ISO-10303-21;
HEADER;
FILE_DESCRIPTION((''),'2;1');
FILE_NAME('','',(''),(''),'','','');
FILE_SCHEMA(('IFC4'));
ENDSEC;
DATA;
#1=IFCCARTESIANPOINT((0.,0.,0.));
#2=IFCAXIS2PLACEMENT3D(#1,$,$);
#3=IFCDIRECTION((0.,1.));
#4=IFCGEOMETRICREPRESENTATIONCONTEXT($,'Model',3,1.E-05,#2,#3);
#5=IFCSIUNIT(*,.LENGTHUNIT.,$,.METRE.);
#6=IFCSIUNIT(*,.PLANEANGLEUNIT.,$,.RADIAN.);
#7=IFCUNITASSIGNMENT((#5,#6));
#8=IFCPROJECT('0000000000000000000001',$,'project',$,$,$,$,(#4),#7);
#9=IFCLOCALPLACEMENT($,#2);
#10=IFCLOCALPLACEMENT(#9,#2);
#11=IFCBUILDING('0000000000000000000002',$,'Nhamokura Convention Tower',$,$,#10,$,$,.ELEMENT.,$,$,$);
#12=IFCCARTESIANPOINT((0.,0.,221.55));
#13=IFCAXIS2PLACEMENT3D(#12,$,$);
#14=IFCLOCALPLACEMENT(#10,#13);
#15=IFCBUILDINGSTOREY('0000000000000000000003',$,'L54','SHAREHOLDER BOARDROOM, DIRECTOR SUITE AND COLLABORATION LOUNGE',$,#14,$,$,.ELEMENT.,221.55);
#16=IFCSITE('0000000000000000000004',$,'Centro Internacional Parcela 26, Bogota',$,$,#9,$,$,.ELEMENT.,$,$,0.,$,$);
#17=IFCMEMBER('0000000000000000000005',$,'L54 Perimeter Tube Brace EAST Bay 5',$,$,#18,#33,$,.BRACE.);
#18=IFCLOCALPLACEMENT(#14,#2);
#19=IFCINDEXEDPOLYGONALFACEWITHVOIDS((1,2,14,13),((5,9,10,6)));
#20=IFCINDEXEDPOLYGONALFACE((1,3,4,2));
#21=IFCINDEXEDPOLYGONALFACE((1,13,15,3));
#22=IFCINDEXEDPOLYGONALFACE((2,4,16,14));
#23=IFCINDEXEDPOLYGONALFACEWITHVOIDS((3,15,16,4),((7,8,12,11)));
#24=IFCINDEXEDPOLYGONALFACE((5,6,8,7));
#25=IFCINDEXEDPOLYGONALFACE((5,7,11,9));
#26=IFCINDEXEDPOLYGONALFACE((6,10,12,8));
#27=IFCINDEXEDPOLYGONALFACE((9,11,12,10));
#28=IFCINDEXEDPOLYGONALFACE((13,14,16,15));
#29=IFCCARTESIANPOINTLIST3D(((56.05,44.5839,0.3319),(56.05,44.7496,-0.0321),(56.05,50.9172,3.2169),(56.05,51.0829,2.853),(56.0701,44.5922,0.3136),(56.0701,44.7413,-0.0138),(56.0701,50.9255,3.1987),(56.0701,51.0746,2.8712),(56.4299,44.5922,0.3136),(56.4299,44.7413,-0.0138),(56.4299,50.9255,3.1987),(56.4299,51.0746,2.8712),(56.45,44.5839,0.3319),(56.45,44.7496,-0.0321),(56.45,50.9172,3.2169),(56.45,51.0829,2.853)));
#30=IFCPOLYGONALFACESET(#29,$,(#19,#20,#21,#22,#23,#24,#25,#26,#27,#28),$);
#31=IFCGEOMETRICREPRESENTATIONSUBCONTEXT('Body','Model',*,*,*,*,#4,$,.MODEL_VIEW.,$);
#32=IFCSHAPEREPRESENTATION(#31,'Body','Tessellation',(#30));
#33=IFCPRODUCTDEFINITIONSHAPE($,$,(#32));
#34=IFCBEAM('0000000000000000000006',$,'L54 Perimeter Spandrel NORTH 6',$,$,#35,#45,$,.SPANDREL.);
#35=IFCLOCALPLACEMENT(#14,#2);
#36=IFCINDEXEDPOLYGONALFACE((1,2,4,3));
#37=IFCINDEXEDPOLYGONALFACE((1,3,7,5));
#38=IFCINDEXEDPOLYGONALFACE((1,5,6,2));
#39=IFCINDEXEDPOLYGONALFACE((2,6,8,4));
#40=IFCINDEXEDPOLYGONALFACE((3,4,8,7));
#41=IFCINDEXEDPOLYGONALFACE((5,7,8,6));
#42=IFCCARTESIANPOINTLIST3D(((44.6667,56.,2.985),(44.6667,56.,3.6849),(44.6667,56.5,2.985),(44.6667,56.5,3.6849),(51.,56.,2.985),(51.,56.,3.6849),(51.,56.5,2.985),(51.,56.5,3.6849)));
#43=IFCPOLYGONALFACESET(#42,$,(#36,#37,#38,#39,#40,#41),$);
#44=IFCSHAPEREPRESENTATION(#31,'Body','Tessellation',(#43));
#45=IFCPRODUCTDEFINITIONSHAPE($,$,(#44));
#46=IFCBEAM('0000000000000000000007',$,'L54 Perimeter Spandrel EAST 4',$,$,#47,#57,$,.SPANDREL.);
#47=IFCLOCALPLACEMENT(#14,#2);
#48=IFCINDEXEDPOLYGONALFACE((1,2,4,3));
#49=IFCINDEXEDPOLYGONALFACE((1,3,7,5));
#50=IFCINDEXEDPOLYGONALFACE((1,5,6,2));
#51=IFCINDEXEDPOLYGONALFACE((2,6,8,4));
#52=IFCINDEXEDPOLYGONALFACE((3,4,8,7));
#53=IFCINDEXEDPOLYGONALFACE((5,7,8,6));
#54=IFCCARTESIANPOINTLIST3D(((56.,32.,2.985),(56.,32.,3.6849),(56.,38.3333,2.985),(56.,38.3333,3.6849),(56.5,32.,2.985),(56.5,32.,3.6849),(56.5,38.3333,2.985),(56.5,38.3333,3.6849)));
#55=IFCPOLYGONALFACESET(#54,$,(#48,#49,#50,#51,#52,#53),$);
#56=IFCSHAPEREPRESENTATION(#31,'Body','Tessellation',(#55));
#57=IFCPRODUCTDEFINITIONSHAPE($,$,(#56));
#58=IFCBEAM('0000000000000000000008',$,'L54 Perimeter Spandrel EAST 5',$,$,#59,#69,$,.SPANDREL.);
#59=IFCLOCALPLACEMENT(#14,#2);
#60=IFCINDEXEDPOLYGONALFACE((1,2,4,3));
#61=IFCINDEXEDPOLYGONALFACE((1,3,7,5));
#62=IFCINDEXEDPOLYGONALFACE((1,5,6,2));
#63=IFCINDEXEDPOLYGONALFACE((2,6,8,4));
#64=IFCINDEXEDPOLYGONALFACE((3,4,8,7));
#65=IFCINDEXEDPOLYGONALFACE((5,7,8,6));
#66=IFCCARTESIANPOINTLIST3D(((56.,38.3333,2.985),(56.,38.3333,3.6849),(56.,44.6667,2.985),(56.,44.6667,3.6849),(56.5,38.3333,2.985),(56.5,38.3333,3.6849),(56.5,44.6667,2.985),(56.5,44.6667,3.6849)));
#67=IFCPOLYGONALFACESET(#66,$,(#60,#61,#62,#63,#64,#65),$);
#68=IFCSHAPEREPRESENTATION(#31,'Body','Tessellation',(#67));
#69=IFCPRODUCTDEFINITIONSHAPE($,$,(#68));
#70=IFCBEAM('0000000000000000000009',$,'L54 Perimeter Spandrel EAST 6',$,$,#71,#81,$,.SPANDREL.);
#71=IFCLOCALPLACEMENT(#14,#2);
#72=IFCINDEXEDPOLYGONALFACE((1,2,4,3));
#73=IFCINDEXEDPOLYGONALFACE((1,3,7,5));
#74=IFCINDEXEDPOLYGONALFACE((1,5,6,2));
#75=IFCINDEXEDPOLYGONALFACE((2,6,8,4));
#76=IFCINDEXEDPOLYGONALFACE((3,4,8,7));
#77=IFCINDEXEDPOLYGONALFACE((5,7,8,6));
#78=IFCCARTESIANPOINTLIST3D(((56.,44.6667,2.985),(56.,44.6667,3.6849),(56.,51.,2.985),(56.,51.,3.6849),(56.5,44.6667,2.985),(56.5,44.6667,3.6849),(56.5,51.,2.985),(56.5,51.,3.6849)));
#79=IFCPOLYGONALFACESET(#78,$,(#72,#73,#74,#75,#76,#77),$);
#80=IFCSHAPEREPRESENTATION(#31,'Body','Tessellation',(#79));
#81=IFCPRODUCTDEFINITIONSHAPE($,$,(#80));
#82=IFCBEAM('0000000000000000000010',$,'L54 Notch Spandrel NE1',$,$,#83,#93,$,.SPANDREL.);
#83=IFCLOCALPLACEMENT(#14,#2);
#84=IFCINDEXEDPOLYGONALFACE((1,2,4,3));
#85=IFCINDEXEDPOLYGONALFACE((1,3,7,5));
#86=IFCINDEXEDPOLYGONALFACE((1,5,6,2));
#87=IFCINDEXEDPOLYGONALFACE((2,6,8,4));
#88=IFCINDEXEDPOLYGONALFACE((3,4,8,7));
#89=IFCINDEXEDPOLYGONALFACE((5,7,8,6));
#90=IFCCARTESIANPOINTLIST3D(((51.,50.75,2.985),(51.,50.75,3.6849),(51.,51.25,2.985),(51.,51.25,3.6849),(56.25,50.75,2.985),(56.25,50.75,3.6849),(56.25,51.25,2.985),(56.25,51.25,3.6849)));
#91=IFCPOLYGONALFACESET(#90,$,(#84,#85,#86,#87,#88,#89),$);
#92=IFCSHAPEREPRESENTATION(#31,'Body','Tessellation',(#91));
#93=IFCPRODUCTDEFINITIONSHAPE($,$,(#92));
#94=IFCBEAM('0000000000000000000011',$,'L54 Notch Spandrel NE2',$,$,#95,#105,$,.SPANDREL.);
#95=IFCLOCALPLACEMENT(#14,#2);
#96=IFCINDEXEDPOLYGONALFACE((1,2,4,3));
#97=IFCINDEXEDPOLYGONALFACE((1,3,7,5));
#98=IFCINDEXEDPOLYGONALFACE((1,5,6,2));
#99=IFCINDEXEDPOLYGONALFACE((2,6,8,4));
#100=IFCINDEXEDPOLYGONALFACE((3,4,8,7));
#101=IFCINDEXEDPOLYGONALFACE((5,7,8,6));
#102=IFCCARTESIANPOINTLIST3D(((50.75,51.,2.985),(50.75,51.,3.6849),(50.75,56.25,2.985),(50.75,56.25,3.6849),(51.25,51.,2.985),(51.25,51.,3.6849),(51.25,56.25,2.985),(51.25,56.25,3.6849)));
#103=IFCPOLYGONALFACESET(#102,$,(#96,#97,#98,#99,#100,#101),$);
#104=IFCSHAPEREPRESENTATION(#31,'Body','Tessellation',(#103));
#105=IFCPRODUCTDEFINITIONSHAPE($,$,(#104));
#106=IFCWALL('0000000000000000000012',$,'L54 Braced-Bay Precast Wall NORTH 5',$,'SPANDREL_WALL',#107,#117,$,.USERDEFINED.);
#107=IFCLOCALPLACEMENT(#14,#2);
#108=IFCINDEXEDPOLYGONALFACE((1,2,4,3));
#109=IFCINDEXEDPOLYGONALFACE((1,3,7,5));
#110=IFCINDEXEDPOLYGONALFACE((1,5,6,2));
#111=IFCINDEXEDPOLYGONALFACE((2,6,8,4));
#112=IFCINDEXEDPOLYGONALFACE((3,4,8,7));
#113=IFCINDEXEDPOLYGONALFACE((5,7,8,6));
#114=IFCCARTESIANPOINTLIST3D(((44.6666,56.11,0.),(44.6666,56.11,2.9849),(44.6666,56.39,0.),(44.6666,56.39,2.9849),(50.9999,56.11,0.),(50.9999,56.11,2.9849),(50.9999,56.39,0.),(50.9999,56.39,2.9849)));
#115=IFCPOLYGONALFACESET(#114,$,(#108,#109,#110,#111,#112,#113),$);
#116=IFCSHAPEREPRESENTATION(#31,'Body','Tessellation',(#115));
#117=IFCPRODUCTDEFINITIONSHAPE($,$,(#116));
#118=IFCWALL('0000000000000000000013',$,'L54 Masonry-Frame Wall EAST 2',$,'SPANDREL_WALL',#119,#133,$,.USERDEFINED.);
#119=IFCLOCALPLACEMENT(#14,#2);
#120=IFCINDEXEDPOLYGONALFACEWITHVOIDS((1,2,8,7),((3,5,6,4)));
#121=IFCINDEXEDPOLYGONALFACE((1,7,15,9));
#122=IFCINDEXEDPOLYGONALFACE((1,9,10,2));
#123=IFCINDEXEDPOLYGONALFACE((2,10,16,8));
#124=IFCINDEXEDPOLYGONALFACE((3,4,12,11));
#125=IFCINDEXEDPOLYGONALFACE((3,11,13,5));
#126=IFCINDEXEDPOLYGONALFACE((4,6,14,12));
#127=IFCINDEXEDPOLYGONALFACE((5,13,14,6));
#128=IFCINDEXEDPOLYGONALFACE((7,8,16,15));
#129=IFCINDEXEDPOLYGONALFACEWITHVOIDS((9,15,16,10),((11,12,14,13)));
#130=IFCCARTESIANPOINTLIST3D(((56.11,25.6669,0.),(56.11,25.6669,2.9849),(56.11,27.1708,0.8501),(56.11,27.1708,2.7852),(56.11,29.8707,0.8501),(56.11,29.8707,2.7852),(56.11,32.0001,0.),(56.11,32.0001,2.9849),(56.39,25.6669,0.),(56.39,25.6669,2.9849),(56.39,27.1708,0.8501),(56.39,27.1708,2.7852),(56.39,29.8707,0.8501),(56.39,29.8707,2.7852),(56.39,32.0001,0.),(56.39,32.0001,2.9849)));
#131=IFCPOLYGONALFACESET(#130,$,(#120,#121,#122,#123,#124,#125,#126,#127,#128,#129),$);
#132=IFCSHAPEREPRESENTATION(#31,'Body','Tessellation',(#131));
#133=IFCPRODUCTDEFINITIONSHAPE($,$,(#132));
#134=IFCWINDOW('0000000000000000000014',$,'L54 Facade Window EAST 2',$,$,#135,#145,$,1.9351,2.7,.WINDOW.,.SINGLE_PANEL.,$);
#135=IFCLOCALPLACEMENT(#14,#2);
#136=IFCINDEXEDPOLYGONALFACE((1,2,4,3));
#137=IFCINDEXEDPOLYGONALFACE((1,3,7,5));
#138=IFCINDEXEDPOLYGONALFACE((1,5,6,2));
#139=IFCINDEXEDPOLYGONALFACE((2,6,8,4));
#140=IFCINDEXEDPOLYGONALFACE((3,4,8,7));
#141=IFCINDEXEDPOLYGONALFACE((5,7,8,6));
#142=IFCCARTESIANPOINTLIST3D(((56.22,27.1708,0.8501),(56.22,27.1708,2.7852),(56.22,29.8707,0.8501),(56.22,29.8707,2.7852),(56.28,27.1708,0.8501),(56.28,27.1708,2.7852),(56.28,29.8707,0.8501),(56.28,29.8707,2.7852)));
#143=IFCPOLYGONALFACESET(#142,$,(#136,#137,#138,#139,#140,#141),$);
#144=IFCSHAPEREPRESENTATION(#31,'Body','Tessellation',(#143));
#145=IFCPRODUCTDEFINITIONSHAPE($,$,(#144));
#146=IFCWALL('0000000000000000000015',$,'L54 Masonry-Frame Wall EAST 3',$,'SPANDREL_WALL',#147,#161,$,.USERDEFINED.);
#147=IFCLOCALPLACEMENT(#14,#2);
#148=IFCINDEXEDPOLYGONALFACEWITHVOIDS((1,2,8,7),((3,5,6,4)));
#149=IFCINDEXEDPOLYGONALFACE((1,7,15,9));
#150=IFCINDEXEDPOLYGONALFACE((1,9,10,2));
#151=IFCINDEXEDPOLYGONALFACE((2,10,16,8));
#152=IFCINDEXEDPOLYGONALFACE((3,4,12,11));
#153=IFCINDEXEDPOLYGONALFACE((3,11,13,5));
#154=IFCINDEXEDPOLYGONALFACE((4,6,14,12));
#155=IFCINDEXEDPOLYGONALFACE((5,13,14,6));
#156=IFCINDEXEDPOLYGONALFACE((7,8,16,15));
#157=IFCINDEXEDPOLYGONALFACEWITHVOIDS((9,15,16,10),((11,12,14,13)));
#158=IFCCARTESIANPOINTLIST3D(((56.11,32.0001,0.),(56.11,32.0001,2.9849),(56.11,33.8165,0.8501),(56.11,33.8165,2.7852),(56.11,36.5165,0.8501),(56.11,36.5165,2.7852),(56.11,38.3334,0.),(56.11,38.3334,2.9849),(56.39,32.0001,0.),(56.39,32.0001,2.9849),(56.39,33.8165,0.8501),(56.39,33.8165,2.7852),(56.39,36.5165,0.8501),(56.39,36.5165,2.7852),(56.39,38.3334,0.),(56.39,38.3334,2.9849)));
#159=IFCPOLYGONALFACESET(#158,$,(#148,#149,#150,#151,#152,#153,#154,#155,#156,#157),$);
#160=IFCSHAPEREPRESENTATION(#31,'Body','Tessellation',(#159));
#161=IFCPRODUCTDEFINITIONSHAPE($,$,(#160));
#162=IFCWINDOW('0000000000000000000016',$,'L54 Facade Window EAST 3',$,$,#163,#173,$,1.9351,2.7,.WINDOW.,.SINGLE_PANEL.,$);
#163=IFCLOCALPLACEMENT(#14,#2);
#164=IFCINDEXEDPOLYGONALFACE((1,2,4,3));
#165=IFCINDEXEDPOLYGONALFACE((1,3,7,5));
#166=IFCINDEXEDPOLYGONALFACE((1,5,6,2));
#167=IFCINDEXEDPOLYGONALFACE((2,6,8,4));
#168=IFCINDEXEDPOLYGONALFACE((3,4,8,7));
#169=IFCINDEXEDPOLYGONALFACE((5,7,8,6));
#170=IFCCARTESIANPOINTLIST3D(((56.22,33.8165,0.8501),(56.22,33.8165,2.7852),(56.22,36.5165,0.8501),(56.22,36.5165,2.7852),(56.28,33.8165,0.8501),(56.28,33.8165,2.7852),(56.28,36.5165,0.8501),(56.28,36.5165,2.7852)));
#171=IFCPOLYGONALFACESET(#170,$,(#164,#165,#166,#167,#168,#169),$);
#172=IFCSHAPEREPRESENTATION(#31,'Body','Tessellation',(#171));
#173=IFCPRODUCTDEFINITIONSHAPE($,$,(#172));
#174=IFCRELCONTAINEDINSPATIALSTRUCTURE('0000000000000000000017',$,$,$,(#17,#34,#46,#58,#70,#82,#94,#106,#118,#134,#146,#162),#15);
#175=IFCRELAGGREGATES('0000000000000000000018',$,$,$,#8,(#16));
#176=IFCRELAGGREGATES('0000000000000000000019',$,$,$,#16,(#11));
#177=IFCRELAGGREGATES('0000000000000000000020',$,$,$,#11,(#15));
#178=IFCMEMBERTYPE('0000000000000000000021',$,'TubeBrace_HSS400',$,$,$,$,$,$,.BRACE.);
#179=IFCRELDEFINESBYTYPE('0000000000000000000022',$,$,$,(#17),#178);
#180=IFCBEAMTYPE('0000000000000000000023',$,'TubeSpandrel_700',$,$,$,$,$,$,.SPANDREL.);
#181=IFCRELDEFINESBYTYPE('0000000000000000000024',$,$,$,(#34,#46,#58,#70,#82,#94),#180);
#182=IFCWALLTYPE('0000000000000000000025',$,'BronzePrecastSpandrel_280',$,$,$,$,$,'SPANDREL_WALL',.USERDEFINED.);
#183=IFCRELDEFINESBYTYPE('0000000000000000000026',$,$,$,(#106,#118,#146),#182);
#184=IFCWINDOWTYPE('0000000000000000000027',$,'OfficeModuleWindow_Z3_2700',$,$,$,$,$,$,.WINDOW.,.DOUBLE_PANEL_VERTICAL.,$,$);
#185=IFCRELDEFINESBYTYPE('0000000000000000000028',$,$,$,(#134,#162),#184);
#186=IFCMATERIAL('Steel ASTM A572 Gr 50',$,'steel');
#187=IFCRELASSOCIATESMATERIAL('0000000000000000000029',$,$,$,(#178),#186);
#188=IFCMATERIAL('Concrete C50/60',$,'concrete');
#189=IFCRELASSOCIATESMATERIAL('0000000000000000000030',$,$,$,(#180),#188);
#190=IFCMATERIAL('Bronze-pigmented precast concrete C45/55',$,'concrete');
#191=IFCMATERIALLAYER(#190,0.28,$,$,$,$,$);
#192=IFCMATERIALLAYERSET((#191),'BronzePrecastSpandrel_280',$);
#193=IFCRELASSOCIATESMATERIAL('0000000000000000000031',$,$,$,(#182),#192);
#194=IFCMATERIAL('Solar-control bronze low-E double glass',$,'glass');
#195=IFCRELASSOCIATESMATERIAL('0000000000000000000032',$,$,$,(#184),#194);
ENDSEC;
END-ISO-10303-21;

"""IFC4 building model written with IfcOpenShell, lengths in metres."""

from ifc_helpers import new_model, si_unit, direction, frame, frame_2d, origin, origin_2d, place, context, subcontext, project, spatial, rectangle, hollow_rectangle, extrude, material, layer, layer_set, material_profile, profile_set, type_object, element, fill, save


model = new_model("IFC4")

# Units and contexts
model_context = context("Model", 3, precision=1e-05, world=origin(), true_north=direction((0.0, 1.0)))
body_context = subcontext(model_context, "Body", "Model", "MODEL_VIEW")
ifc_project = project(units=[si_unit("LENGTHUNIT", "METRE"), si_unit("PLANEANGLEUNIT", "RADIAN")], contexts=[model_context])

# Site, building, storey
site_placement = place(None, origin())
site = spatial("IfcSite", under=ifc_project, at=site_placement, Name="Centro Internacional Parcela 26, Bogota", CompositionType="ELEMENT", RefElevation=0.0)
building_placement = place(site_placement, origin())
building = spatial("IfcBuilding", under=site, at=building_placement, Name="Nhamokura Convention Tower", CompositionType="ELEMENT")
storey_placement = place(building_placement, frame((0.0, 0.0, 221.55)))
storey = spatial("IfcBuildingStorey", under=building, at=storey_placement, Name="L54", Description="SHAREHOLDER BOARDROOM, DIRECTOR SUITE AND COLLABORATION LOUNGE", CompositionType="ELEMENT", Elevation=221.55)

# Member
ifc_material_1 = material(Name="Steel ASTM A572 Gr 50", Category="steel")
ifc_material_profile_1 = material_profile(ifc_material_1, hollow_rectangle(XDim=0.3999, YDim=0.3999, WallThickness=0.02, at=origin_2d()))
ifc_profile_set_1 = profile_set([ifc_material_profile_1], Name="Steel ASTM A572 Gr 50")
member_type_1 = type_object("IfcMemberType", Name="TubeBrace_HSS400", PredefinedType="BRACE", material=ifc_profile_set_1)
for number, where, z_axis, x_axis, name in (
    (1, (56.25, 44.6667, 0.1499), (0.0, 0.910027, 0.414548), (-1.0, 0.0, 0.0), "L54 Perimeter Tube Brace EAST Bay 5"),
):
    element("IfcMember", number, at=place(storey_placement, frame(where, z_axis=z_axis, x_axis=x_axis)), inside=storey, type_object=member_type_1, Name=name, PredefinedType="BRACE", context=body_context, shape_type="SweptSolid", body=[
        extrude(hollow_rectangle(XDim=0.3999, YDim=0.3999, WallThickness=0.02, at=origin_2d()), origin(), (0.0, 0.0, 1.0), 6.9595),
    ])

# Beams
ifc_material_2 = material(Name="Concrete C50/60", Category="concrete")
ifc_material_profile_2 = material_profile(ifc_material_2, rectangle(XDim=0.5, YDim=0.7, at=origin_2d()))
ifc_profile_set_2 = profile_set([ifc_material_profile_2], Name="Concrete C50/60")
beam_type_1 = type_object("IfcBeamType", Name="TubeSpandrel_700", PredefinedType="SPANDREL", material=ifc_profile_set_2)
for number, where, z_axis, x_axis, name in (
    (2, (44.6667, 56.25, 3.335), (1.0, 0.0, 0.0), (0.0, 1.0, 0.0), "L54 Perimeter Spandrel NORTH 6"),
    (3, (56.25, 32.0, 3.335), (0.0, 1.0, 0.0), (-1.0, 0.0, 0.0), "L54 Perimeter Spandrel EAST 4"),
):
    element("IfcBeam", number, at=place(storey_placement, frame(where, z_axis=z_axis, x_axis=x_axis)), inside=storey, type_object=beam_type_1, Name=name, PredefinedType="SPANDREL", context=body_context, shape_type="SweptSolid", body=[
        extrude(rectangle(XDim=0.5, YDim=0.7, at=origin_2d()), origin(), (0.0, 0.0, 1.0), 6.3333),
    ])
beam_1_placement = place(storey_placement, frame((56.25, 38.3333, 3.335), z_axis=(0.0, 1.0, 0.0), x_axis=(-1.0, 0.0, 0.0)))
element("IfcBeam", 4, at=beam_1_placement, inside=storey, type_object=beam_type_1, Name="L54 Perimeter Spandrel EAST 5", PredefinedType="SPANDREL", context=body_context, shape_type="SweptSolid", body=[
    extrude(rectangle(XDim=0.5, YDim=0.7, at=origin_2d()), origin(), (0.0, 0.0, 1.0), 6.3335),
])
beam_2_placement = place(storey_placement, frame((56.25, 44.6667, 3.335), z_axis=(0.0, 1.0, 0.0), x_axis=(-1.0, 0.0, 0.0)))
element("IfcBeam", 5, at=beam_2_placement, inside=storey, type_object=beam_type_1, Name="L54 Perimeter Spandrel EAST 6", PredefinedType="SPANDREL", context=body_context, shape_type="SweptSolid", body=[
    extrude(rectangle(XDim=0.5, YDim=0.7, at=origin_2d()), origin(), (0.0, 0.0, 1.0), 6.3333),
])
for number, where, z_axis, x_axis, name in (
    (6, (56.25, 51.0, 3.335), (-1.0, 0.0, 0.0), (0.0, -1.0, 0.0), "L54 Notch Spandrel NE1"),
    (7, (51.0, 51.0, 3.335), (0.0, 1.0, 0.0), (-1.0, 0.0, 0.0), "L54 Notch Spandrel NE2"),
):
    element("IfcBeam", number, at=place(storey_placement, frame(where, z_axis=z_axis, x_axis=x_axis)), inside=storey, type_object=beam_type_1, Name=name, PredefinedType="SPANDREL", context=body_context, shape_type="SweptSolid", body=[
        extrude(rectangle(XDim=0.5, YDim=0.7, at=origin_2d()), origin(), (0.0, 0.0, 1.0), 5.25),
    ])

# Wall
ifc_material_3 = material(Name="Bronze-pigmented precast concrete C45/55", Category="concrete")
ifc_layer_1 = layer(ifc_material_3, 0.28)
ifc_layer_set_1 = layer_set([ifc_layer_1], Name="BronzePrecastSpandrel_280")
wall_type_1 = type_object("IfcWallType", Name="BronzePrecastSpandrel_280", ElementType="SPANDREL_WALL", PredefinedType="USERDEFINED", material=ifc_layer_set_1)
wall_1_placement = place(storey_placement, frame((44.6667, 56.25, 0.0), z_axis=(0.0, 0.0, 1.0), x_axis=(1.0, 0.0, 0.0)))
element("IfcWall", 8, at=wall_1_placement, inside=storey, type_object=wall_type_1, Name="L54 Braced-Bay Precast Wall NORTH 5", ObjectType="SPANDREL_WALL", PredefinedType="USERDEFINED", context=body_context, shape_type="SweptSolid", body=[
    extrude(rectangle(XDim=6.3333, YDim=0.28, at=frame_2d((3.1665, 0.0))), origin(), (0.0, 0.0, 1.0), 2.9849),
])

# Walls, openings, windows
wall_2_placement = place(storey_placement, frame((56.25, 32.0, 0.0), z_axis=(0.0, 0.0, 1.0), x_axis=(0.0, -1.0, 0.0)))
wall_2 = element("IfcWall", 9, at=wall_2_placement, inside=storey, type_object=wall_type_1, Name="L54 Masonry-Frame Wall EAST 2", ObjectType="SPANDREL_WALL", PredefinedType="USERDEFINED", context=body_context, shape_type="SweptSolid", body=[
    extrude(rectangle(XDim=6.3333, YDim=0.28, at=frame_2d((3.1665, 0.0))), origin(), (0.0, 0.0, 1.0), 2.9849),
])
opening_1_placement = place(wall_2_placement, frame((2.1292, 0.0, 0.8501)))
opening_1 = element("IfcOpeningElement", 10, at=opening_1_placement, cuts=wall_2, PredefinedType="OPENING", context=body_context, shape_type="SweptSolid", body=[
    extrude(rectangle(XDim=2.7, YDim=1.9351, at=frame_2d((1.3501, 0.9675))), frame((0.0, 0.1499, 0.0), z_axis=(0.0, -1.0, 0.0), x_axis=(1.0, 0.0, 0.0)), (0.0, 0.0, 1.0), 0.3),
])
ifc_material_4 = material(Name="Solar-control bronze low-E double glass", Category="glass")
window_type_1 = type_object("IfcWindowType", Name="OfficeModuleWindow_Z3_2700", PartitioningType="DOUBLE_PANEL_VERTICAL", PredefinedType="WINDOW", material=ifc_material_4)
window_1_placement = place(opening_1_placement, origin())
window_1 = element("IfcWindow", 11, at=window_1_placement, inside=storey, type_object=window_type_1, Name="L54 Facade Window EAST 2", OverallHeight=1.9351, OverallWidth=2.7, PartitioningType="SINGLE_PANEL", PredefinedType="WINDOW", context=body_context, shape_type="SweptSolid", body=[
    extrude(rectangle(XDim=2.7, YDim=1.9351, at=frame_2d((1.3501, 0.9675))), frame((0.0, 0.03, 0.0), z_axis=(0.0, -1.0, 0.0), x_axis=(1.0, 0.0, 0.0)), (0.0, 0.0, 1.0), 0.0601),
])
fill(opening_1, window_1)
wall_3_placement = place(storey_placement, frame((56.25, 38.3333, 0.0), z_axis=(0.0, 0.0, 1.0), x_axis=(0.0, -1.0, 0.0)))
wall_3 = element("IfcWall", 12, at=wall_3_placement, inside=storey, type_object=wall_type_1, Name="L54 Masonry-Frame Wall EAST 3", ObjectType="SPANDREL_WALL", PredefinedType="USERDEFINED", context=body_context, shape_type="SweptSolid", body=[
    extrude(rectangle(XDim=6.3333, YDim=0.28, at=frame_2d((3.1665, 0.0))), origin(), (0.0, 0.0, 1.0), 2.9849),
])
opening_2_placement = place(wall_3_placement, frame((1.8167, 0.0, 0.8501)))
opening_2 = element("IfcOpeningElement", 13, at=opening_2_placement, cuts=wall_3, PredefinedType="OPENING", context=body_context, shape_type="SweptSolid", body=[
    extrude(rectangle(XDim=2.7, YDim=1.9351, at=frame_2d((1.3501, 0.9675))), frame((0.0, 0.1499, 0.0), z_axis=(0.0, -1.0, 0.0), x_axis=(1.0, 0.0, 0.0)), (0.0, 0.0, 1.0), 0.3),
])
window_2_placement = place(opening_2_placement, origin())
window_2 = element("IfcWindow", 14, at=window_2_placement, inside=storey, type_object=window_type_1, Name="L54 Facade Window EAST 3", OverallHeight=1.9351, OverallWidth=2.7, PartitioningType="SINGLE_PANEL", PredefinedType="WINDOW", context=body_context, shape_type="SweptSolid", body=[
    extrude(rectangle(XDim=2.7, YDim=1.9351, at=frame_2d((1.3501, 0.9675))), frame((0.0, 0.03, 0.0), z_axis=(0.0, -1.0, 0.0), x_axis=(1.0, 0.0, 0.0)), (0.0, 0.0, 1.0), 0.0601),
])
fill(opening_2, window_2)

save(model, "model.ifc")
